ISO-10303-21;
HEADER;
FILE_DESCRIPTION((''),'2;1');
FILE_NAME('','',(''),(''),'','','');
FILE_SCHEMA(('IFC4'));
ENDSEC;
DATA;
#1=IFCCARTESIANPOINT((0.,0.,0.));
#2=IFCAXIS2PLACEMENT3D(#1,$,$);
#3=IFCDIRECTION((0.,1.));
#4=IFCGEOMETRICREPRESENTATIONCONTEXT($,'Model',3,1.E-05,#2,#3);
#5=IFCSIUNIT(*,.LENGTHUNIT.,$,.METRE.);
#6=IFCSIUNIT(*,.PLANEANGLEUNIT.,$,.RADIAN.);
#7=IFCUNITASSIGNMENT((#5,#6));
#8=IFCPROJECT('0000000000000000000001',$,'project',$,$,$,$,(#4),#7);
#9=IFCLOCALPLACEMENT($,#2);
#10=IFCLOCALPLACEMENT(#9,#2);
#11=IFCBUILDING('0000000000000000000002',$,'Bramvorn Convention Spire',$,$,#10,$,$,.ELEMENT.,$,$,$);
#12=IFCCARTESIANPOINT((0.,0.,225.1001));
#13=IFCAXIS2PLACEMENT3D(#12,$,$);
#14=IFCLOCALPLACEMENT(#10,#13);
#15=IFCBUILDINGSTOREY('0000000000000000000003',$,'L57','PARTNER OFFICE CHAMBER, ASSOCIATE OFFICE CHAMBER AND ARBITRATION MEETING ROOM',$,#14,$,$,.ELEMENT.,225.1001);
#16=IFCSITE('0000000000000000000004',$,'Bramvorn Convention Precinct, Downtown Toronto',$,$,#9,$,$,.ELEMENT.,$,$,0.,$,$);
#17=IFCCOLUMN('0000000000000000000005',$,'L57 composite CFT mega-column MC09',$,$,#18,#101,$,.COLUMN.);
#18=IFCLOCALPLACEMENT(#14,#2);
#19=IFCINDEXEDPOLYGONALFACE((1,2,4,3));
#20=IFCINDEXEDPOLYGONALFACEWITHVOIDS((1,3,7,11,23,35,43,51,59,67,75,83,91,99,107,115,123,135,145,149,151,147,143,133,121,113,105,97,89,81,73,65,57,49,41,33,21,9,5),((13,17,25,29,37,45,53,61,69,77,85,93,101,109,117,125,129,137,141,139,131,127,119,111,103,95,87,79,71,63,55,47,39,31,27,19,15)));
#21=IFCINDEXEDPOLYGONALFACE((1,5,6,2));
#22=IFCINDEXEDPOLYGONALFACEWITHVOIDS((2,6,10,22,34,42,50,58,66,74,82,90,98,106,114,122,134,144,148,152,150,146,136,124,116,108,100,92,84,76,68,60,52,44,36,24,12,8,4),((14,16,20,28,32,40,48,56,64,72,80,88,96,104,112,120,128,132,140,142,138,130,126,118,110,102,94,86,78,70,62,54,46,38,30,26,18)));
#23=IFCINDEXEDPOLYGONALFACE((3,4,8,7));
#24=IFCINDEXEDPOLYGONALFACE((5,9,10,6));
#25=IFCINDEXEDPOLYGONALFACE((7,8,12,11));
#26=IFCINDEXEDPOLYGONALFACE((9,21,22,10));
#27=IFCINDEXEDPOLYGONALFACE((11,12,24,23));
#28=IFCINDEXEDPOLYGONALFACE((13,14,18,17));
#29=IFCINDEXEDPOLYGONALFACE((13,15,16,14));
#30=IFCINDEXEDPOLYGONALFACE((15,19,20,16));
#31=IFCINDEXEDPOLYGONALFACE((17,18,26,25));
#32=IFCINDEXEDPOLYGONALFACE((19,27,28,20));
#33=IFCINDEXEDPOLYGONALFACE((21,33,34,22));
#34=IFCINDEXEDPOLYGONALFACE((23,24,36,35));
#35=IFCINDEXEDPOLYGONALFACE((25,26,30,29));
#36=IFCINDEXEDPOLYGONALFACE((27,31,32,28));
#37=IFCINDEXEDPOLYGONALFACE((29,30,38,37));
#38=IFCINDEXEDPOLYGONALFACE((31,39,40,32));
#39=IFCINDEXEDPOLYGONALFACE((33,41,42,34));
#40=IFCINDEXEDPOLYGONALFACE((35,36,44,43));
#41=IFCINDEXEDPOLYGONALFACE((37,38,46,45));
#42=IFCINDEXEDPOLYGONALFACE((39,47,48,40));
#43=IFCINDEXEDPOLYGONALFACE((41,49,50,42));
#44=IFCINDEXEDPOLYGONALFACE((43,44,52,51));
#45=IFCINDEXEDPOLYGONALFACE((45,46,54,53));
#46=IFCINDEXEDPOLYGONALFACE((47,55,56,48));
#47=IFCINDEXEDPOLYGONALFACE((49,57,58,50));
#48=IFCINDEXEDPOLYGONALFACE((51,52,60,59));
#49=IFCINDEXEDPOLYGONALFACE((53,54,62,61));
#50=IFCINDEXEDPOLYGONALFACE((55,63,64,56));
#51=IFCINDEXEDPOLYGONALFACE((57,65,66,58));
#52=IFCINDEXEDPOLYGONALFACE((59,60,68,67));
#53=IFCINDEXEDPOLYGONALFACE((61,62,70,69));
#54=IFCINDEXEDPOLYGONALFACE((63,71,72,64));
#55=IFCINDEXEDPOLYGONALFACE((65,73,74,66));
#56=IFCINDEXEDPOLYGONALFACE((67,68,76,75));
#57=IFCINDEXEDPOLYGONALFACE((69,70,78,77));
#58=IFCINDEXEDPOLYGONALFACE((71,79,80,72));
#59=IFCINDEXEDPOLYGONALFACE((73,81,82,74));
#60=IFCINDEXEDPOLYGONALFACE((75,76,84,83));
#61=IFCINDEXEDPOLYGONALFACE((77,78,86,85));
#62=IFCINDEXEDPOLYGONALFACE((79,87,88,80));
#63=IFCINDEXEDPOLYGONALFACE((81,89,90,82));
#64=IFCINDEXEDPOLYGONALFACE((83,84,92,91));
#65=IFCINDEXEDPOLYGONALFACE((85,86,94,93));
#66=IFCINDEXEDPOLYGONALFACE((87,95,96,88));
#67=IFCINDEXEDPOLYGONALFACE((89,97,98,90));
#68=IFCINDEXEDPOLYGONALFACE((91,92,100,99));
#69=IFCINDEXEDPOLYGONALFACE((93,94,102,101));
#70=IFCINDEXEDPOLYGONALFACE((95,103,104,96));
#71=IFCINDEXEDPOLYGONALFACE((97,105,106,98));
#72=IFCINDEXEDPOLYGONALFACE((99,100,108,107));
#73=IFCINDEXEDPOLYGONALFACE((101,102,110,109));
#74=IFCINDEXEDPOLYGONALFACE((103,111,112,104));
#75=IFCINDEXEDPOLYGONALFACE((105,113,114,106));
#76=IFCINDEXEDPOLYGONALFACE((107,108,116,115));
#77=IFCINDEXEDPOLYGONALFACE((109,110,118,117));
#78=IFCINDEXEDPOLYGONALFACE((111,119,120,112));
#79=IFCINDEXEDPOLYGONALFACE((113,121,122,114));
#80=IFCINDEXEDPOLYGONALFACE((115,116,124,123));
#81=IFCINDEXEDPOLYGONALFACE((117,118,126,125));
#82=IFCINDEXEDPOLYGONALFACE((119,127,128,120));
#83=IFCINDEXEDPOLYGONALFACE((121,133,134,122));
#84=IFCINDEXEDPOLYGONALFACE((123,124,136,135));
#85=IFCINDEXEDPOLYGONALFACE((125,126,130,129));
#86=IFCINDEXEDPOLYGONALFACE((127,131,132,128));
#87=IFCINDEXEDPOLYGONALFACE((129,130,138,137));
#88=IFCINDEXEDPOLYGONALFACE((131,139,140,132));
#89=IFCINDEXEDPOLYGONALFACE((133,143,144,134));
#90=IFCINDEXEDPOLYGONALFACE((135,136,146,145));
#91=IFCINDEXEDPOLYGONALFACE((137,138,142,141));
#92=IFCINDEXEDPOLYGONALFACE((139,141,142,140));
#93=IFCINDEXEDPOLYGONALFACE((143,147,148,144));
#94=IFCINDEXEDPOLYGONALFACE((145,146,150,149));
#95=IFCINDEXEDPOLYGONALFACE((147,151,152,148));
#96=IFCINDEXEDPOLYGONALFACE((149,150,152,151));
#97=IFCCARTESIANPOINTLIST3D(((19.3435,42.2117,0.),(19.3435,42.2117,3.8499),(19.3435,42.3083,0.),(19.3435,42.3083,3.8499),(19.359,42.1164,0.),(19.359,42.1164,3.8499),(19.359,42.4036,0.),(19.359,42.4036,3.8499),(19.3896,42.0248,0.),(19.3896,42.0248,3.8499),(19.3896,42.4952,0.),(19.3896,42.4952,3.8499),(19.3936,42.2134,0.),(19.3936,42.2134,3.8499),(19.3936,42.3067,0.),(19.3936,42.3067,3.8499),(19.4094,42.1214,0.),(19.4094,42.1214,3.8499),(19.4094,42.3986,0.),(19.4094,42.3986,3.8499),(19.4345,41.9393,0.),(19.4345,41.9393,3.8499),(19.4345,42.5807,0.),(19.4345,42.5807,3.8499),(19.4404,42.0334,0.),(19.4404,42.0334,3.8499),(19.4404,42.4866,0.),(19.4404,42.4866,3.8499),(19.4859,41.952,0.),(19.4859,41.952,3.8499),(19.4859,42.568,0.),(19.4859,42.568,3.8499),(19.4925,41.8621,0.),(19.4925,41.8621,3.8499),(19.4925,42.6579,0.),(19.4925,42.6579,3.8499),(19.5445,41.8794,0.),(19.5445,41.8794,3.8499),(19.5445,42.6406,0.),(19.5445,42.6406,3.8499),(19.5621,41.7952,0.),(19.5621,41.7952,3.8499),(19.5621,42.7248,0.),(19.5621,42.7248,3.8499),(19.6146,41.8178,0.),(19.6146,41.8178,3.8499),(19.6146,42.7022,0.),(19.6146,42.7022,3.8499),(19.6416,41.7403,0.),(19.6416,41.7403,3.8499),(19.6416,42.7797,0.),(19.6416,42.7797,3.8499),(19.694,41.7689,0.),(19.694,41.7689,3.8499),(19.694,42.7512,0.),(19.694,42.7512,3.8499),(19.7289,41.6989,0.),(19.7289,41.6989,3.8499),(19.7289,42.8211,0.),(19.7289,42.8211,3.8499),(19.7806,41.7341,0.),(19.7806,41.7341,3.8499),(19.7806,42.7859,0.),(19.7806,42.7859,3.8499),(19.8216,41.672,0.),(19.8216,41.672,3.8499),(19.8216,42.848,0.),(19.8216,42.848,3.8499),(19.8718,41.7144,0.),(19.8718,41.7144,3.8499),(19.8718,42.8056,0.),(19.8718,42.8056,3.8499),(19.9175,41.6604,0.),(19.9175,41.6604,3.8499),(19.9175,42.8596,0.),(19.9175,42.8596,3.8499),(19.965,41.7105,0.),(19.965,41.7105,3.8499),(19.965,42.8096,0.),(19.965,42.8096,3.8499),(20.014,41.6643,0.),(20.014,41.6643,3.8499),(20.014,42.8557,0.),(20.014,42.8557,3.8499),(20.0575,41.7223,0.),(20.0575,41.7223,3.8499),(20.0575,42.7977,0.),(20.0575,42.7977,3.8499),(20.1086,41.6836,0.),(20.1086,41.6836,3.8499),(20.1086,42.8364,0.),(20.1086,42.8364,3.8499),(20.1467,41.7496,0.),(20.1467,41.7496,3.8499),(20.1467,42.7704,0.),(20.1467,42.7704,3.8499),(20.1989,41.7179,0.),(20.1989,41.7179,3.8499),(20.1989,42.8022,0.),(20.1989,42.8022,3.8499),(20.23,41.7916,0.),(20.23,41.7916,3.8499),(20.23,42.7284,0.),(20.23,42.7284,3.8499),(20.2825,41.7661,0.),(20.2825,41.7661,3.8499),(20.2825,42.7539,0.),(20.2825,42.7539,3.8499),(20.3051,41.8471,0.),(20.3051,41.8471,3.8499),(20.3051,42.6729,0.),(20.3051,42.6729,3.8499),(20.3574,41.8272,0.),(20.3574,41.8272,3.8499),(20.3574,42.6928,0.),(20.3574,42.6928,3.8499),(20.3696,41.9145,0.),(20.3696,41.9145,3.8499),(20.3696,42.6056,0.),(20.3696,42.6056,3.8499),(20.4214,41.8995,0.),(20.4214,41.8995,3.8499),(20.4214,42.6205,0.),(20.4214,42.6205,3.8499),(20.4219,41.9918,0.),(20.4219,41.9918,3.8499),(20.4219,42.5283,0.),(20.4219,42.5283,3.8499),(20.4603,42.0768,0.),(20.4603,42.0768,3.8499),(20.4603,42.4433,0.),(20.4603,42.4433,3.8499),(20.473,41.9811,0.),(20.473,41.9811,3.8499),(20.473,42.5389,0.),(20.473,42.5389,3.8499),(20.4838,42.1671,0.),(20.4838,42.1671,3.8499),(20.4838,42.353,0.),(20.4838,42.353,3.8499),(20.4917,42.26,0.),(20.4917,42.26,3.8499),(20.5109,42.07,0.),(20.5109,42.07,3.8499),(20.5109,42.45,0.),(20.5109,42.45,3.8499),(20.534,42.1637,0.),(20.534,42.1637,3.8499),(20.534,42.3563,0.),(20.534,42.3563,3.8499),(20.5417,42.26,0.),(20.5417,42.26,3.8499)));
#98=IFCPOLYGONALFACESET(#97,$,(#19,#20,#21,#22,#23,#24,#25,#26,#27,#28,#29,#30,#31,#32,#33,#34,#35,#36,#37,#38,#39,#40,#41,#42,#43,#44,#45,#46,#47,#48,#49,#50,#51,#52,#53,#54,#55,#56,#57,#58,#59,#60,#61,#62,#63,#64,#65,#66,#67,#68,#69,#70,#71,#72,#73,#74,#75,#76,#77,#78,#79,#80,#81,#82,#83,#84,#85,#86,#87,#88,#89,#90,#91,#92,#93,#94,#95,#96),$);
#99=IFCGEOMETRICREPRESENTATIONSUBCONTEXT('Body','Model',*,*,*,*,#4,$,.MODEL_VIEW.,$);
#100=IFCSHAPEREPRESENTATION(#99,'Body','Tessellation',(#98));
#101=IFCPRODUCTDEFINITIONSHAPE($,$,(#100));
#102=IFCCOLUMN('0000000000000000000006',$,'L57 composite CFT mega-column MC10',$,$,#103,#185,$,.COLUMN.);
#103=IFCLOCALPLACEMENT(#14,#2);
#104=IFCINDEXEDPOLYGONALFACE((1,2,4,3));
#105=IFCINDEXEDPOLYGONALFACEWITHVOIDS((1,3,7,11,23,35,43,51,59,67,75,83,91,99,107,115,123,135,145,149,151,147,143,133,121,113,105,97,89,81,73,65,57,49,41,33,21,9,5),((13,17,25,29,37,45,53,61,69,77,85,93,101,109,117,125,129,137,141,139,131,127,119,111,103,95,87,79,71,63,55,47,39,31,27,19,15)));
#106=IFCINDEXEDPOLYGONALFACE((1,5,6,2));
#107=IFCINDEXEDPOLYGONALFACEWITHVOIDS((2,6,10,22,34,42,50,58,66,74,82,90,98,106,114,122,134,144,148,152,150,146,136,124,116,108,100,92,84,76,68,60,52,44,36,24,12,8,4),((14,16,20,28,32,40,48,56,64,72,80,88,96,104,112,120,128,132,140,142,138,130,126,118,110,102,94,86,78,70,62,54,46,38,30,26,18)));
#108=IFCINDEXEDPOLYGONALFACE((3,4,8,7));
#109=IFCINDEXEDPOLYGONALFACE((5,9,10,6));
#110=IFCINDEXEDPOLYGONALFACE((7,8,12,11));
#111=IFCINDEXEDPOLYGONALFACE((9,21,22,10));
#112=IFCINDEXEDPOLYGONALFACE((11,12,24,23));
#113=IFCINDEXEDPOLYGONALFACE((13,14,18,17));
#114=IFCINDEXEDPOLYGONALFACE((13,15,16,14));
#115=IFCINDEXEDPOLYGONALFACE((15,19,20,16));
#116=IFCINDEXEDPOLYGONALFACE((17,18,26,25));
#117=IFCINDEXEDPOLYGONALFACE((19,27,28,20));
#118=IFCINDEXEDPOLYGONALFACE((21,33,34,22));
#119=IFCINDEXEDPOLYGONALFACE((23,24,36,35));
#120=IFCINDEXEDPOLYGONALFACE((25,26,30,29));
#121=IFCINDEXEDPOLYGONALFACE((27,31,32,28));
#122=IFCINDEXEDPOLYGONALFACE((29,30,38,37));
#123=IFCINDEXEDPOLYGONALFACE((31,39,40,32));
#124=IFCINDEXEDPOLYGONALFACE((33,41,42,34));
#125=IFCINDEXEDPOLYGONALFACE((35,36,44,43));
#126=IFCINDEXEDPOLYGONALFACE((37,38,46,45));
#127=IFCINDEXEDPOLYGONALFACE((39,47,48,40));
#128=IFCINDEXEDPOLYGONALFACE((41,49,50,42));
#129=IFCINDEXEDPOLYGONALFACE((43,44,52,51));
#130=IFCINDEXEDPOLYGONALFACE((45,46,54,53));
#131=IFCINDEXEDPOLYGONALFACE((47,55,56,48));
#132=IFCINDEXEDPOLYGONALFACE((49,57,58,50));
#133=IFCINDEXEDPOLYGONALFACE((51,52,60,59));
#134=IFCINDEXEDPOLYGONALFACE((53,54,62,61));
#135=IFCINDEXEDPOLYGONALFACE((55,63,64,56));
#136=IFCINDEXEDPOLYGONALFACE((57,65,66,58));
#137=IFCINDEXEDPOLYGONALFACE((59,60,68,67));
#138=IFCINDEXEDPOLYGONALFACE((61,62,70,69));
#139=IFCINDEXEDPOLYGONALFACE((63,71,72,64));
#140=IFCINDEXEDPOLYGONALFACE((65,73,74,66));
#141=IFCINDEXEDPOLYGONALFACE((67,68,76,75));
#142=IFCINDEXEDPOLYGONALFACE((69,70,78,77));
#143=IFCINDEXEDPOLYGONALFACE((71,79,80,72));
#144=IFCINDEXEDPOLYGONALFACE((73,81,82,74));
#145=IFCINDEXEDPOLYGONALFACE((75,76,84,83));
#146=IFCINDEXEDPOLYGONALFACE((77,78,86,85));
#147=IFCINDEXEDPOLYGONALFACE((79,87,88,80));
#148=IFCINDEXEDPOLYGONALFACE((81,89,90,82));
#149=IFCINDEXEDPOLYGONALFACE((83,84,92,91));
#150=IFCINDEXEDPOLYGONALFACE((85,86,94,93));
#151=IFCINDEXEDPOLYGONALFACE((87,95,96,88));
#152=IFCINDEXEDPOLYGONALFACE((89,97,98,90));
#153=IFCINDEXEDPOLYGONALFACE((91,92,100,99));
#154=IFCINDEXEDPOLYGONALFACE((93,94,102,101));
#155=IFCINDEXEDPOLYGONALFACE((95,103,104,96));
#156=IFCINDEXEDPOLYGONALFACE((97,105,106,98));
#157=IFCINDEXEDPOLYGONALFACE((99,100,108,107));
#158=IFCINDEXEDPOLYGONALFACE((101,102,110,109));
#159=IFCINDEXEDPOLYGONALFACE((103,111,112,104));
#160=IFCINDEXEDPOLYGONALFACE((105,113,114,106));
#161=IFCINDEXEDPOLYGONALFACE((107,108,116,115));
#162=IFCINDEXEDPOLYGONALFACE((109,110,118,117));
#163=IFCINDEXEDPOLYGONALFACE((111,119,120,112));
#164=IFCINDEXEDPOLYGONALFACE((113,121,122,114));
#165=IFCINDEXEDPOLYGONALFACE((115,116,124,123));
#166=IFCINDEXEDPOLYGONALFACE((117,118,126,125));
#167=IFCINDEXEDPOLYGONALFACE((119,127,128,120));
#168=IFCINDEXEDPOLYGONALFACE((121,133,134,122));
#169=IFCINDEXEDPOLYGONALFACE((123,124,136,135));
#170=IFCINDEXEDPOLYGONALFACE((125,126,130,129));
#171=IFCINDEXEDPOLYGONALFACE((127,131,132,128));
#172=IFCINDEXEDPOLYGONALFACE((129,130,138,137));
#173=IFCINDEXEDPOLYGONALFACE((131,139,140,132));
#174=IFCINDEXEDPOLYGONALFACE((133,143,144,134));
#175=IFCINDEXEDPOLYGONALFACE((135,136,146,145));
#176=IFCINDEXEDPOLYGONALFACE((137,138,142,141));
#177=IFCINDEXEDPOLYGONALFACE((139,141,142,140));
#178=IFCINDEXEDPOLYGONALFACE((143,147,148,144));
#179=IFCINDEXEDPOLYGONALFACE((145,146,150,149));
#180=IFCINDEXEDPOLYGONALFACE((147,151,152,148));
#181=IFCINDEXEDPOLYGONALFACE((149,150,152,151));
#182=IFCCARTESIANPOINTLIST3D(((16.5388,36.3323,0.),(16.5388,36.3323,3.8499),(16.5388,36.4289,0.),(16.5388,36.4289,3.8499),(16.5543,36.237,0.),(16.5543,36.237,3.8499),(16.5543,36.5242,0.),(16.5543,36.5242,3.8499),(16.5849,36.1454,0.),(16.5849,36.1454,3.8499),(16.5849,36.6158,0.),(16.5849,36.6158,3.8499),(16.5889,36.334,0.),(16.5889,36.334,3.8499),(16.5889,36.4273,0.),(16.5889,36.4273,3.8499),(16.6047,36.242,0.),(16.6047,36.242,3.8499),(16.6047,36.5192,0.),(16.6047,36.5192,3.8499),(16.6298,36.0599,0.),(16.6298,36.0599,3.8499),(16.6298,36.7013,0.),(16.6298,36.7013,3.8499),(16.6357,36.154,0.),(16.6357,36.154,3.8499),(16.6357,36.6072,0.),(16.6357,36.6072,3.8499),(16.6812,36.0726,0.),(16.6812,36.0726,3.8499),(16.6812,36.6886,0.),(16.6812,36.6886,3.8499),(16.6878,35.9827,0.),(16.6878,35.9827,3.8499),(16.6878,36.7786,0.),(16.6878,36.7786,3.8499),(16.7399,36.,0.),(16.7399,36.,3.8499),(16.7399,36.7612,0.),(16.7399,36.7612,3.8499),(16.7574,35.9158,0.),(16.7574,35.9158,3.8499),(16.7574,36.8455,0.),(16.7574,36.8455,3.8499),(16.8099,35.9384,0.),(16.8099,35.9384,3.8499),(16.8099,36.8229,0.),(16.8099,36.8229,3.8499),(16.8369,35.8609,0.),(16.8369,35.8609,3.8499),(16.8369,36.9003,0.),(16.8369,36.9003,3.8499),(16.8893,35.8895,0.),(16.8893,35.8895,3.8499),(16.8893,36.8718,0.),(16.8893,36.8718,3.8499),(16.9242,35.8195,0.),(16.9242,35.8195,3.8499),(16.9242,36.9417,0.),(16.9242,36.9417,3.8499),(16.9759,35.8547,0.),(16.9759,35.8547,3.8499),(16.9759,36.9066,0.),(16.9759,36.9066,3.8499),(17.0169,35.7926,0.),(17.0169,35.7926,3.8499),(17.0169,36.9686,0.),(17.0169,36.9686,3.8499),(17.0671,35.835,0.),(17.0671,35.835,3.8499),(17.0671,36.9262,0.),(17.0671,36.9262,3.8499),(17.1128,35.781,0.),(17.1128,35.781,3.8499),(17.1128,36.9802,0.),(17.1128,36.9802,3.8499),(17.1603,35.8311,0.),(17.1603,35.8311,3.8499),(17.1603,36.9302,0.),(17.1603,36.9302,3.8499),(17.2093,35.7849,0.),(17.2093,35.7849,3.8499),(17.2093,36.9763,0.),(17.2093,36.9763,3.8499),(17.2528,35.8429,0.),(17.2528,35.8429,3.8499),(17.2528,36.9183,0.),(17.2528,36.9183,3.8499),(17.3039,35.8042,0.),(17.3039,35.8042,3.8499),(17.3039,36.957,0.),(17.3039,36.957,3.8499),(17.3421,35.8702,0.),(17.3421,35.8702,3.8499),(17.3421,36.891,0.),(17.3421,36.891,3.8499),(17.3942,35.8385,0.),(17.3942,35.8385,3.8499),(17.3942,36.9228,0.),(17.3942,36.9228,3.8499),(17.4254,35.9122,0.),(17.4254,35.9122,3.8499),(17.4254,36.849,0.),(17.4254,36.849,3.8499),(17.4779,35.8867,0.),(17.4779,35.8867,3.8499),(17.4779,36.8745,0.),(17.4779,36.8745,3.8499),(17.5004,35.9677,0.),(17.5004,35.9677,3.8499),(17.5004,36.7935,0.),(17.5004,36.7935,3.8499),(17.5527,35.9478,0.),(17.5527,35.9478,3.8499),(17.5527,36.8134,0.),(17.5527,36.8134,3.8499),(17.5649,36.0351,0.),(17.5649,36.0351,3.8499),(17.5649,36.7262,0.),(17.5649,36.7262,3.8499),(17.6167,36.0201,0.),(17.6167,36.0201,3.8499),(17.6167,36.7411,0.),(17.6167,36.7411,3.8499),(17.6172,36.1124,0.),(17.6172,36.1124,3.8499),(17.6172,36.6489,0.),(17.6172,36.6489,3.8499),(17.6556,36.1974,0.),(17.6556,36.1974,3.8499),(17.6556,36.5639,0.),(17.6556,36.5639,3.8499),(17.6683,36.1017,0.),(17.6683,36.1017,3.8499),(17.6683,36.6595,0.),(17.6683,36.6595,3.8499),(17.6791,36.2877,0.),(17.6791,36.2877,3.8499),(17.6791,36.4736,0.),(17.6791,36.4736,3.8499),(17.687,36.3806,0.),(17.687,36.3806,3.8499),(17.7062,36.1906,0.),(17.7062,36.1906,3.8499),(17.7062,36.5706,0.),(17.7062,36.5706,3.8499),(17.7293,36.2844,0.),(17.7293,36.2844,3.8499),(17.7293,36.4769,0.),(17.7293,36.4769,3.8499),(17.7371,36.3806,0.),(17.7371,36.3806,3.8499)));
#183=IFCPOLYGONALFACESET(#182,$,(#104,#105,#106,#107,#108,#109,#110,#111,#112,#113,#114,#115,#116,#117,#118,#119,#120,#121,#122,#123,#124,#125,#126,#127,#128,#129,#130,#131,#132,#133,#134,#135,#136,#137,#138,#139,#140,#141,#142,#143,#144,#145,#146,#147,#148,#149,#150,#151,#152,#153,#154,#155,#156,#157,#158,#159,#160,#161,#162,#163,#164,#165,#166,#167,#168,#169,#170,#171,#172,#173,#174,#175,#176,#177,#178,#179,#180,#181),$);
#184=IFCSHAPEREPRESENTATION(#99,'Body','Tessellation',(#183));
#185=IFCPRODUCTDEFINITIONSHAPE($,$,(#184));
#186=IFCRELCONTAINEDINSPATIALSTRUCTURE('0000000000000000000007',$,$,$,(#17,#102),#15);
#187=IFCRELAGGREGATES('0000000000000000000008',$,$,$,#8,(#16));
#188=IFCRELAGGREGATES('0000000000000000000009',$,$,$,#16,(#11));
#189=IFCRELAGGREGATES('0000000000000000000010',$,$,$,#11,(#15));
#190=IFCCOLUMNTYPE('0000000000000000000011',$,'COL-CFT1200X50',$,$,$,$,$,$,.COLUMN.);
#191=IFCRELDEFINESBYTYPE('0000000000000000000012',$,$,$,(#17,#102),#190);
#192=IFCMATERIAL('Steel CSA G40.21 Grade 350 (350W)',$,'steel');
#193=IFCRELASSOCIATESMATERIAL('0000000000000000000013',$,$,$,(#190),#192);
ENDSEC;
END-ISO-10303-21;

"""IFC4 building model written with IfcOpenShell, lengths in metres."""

from ifc_helpers import new_model, si_unit, direction, frame, origin, origin_2d, place, context, subcontext, project, spatial, hollow_circle, extrude, material, material_profile, profile_set, type_object, element, save


model = new_model("IFC4")

# Units and contexts
model_context = context("Model", 3, precision=1e-05, world=origin(), true_north=direction((0.0, 1.0)))
body_context = subcontext(model_context, "Body", "Model", "MODEL_VIEW")
ifc_project = project(units=[si_unit("LENGTHUNIT", "METRE"), si_unit("PLANEANGLEUNIT", "RADIAN")], contexts=[model_context])

# Site, building, storey
site_placement = place(None, origin())
site = spatial("IfcSite", under=ifc_project, at=site_placement, Name="Bramvorn Convention Precinct, Downtown Toronto", CompositionType="ELEMENT", RefElevation=0.0)
building_placement = place(site_placement, origin())
building = spatial("IfcBuilding", under=site, at=building_placement, Name="Bramvorn Convention Spire", CompositionType="ELEMENT")
storey_placement = place(building_placement, frame((0.0, 0.0, 225.1001)))
storey = spatial("IfcBuildingStorey", under=building, at=storey_placement, Name="L57", Description="PARTNER OFFICE CHAMBER, ASSOCIATE OFFICE CHAMBER AND ARBITRATION MEETING ROOM", CompositionType="ELEMENT", Elevation=225.1001)

# Columns
ifc_material_1 = material(Name="Steel CSA G40.21 Grade 350 (350W)", Category="steel")
ifc_material_profile_1 = material_profile(ifc_material_1, hollow_circle(Radius=0.6001, WallThickness=0.05, at=origin_2d()))
ifc_profile_set_1 = profile_set([ifc_material_profile_1], Name="Steel CSA G40.21 Grade 350 (350W) - CFT1200X50")
column_type = type_object("IfcColumnType", Name="COL-CFT1200X50", PredefinedType="COLUMN", material=ifc_profile_set_1)
for number, where, z_axis, x_axis, name in (
    (1, (19.9417, 42.26, 0.0), (0.0, 0.0, 1.0), (1.0, 0.0, 0.0), "L57 composite CFT mega-column MC09"),
    (2, (17.137, 36.3806, 0.0), (0.0, 0.0, 1.0), (1.0, 0.0, 0.0), "L57 composite CFT mega-column MC10"),
):
    element("IfcColumn", number, at=place(storey_placement, frame(where, z_axis=z_axis, x_axis=x_axis)), inside=storey, type_object=column_type, Name=name, PredefinedType="COLUMN", context=body_context, shape_type="SweptSolid", body=[
        extrude(hollow_circle(Radius=0.6001, WallThickness=0.05, at=origin_2d()), origin(), (0.0, 0.0, 1.0), 3.8499),
    ])

save(model, "model.ifc")
